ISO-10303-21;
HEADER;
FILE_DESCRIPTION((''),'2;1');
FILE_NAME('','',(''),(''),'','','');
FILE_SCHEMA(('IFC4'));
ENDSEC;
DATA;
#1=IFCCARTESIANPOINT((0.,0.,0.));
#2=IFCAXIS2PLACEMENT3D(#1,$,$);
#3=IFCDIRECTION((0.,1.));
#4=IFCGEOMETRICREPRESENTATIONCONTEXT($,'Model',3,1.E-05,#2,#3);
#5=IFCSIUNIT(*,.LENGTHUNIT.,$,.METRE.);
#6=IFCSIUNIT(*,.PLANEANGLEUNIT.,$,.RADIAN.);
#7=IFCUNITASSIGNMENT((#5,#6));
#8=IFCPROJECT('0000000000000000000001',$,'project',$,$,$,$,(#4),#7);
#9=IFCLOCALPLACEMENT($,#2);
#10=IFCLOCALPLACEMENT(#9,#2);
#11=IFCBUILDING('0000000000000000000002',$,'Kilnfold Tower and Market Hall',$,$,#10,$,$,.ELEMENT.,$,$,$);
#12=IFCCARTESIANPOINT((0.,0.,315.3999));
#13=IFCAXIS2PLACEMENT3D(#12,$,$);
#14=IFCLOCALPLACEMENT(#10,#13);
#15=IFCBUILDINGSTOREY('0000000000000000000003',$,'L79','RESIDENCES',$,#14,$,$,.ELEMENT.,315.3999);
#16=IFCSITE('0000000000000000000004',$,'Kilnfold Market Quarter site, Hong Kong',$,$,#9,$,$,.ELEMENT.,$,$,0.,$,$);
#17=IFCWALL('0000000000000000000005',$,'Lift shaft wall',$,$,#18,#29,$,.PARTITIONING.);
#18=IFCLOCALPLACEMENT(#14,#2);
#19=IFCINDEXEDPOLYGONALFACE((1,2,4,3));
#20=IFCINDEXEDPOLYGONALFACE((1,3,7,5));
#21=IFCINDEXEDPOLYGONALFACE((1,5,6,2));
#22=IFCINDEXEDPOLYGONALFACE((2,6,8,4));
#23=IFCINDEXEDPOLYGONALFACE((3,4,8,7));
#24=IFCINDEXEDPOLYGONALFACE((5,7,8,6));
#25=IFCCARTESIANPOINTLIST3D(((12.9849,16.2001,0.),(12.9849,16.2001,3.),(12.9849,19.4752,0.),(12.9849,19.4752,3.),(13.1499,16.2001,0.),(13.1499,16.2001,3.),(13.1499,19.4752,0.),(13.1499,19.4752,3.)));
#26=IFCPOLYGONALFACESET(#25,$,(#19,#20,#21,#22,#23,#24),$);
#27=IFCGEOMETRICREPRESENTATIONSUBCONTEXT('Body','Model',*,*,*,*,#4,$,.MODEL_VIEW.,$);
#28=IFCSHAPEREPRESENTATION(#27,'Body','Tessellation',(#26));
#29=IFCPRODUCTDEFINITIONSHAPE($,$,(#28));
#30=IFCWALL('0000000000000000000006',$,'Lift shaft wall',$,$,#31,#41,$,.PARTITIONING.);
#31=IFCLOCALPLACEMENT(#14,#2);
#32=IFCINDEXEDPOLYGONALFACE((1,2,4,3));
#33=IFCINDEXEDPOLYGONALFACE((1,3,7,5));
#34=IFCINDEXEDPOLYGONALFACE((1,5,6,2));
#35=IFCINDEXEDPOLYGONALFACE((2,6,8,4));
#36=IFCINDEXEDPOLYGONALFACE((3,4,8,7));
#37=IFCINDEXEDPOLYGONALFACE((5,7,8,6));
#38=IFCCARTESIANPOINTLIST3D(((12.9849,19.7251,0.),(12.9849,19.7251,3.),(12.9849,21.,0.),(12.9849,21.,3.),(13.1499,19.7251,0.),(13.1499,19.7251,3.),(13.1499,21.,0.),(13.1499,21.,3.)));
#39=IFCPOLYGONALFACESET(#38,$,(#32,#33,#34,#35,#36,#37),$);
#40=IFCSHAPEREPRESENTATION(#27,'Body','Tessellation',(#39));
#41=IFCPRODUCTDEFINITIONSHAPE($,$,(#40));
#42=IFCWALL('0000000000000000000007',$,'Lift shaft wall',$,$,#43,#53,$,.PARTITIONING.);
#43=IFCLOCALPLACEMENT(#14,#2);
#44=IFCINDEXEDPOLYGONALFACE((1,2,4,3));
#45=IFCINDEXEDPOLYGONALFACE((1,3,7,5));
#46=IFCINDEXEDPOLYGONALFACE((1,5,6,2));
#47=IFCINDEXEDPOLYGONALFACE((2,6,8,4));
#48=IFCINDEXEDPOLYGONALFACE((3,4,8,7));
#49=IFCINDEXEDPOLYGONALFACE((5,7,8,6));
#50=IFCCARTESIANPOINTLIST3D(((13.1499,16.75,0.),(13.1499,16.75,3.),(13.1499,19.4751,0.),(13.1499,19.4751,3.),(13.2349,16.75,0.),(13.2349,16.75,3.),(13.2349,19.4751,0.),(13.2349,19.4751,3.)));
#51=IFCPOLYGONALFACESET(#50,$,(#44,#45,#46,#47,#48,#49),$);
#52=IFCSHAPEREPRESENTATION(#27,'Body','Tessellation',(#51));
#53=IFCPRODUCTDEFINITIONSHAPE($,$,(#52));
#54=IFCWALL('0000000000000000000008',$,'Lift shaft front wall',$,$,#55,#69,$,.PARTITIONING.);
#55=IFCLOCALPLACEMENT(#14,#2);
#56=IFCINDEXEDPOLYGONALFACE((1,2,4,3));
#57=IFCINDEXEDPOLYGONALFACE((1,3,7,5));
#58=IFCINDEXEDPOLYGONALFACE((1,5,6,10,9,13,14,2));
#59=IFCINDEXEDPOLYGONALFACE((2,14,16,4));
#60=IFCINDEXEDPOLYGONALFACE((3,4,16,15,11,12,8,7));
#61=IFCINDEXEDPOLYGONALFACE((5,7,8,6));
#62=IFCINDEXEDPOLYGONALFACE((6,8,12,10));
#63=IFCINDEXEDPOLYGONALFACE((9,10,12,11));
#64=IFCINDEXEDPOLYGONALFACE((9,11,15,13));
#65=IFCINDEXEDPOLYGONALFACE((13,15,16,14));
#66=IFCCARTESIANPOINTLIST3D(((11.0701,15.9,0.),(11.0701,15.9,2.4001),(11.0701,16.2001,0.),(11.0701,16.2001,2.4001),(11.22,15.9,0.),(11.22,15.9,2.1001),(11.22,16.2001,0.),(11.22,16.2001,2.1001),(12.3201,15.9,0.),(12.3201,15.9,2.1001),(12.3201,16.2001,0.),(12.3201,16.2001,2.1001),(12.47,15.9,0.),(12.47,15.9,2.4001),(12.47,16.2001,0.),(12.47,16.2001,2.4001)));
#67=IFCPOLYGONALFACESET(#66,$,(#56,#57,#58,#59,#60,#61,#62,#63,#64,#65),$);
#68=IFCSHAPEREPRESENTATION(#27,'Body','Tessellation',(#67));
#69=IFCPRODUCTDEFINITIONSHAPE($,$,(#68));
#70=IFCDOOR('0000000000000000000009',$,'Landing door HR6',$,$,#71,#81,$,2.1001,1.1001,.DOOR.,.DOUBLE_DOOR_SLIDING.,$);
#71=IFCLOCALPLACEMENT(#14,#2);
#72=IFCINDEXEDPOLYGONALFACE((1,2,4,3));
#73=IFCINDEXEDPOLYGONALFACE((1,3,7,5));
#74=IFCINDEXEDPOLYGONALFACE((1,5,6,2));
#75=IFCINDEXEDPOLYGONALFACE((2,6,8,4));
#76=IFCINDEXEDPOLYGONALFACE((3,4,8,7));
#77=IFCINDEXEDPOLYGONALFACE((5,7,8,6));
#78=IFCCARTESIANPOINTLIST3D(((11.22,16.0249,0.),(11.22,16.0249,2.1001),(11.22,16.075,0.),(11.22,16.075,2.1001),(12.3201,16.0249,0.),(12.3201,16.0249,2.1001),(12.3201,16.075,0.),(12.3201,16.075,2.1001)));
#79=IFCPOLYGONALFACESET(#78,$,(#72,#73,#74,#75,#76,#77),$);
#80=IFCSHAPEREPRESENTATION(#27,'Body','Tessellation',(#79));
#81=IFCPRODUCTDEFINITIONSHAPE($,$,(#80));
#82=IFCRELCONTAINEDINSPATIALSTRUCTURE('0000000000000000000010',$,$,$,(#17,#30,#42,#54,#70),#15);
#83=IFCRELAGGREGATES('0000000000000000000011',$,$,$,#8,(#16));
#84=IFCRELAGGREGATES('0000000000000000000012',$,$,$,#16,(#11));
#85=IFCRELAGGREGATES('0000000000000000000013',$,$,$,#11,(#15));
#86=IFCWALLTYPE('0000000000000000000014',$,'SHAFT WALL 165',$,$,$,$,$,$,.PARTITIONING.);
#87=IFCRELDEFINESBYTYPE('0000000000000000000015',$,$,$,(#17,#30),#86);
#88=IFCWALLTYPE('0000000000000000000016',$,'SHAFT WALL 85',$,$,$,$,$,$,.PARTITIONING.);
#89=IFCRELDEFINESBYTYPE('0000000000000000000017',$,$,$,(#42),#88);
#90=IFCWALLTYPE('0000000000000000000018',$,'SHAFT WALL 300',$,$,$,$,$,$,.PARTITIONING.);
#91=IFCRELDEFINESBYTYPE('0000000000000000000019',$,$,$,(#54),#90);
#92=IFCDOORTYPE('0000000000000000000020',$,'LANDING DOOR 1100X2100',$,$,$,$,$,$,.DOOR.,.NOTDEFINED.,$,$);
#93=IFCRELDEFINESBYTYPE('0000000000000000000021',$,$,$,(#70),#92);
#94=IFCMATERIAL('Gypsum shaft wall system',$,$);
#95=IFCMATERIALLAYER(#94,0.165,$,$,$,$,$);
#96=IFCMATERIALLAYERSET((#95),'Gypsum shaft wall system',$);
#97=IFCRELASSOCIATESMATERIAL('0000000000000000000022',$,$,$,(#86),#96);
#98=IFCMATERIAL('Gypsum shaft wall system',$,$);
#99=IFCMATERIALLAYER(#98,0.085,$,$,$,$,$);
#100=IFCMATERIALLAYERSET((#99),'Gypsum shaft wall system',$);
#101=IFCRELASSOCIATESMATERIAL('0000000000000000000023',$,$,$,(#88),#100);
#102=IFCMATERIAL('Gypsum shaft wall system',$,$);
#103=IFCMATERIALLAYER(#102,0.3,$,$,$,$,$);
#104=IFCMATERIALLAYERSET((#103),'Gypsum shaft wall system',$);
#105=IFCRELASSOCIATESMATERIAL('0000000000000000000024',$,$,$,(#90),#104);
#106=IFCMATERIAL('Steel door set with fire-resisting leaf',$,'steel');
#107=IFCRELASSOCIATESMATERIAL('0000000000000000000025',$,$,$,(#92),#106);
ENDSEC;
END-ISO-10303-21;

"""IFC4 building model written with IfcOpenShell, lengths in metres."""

from ifc_helpers import new_model, si_unit, direction, frame, frame_2d, origin, place, context, subcontext, project, spatial, rectangle, extrude, source, transform, mapped, material, layer, layer_set, type_object, element, fill, save


model = new_model("IFC4")

# Units and contexts
model_context = context("Model", 3, precision=1e-05, world=origin(), true_north=direction((0.0, 1.0)))
body_context = subcontext(model_context, "Body", "Model", "MODEL_VIEW")
ifc_project = project(units=[si_unit("LENGTHUNIT", "METRE"), si_unit("PLANEANGLEUNIT", "RADIAN")], contexts=[model_context])

# Site, building, storey
site_placement = place(None, origin())
site = spatial("IfcSite", under=ifc_project, at=site_placement, Name="Kilnfold Market Quarter site, Hong Kong", CompositionType="ELEMENT", RefElevation=0.0)
building_placement = place(site_placement, origin())
building = spatial("IfcBuilding", under=site, at=building_placement, Name="Kilnfold Tower and Market Hall", CompositionType="ELEMENT")
storey_placement = place(building_placement, frame((0.0, 0.0, 315.3999)))
storey = spatial("IfcBuildingStorey", under=building, at=storey_placement, Name="L79", Description="RESIDENCES", CompositionType="ELEMENT", Elevation=315.3999)

# Walls
ifc_material_1 = material(Name="Gypsum shaft wall system")
ifc_layer_1 = layer(ifc_material_1, 0.165)
ifc_layer_set_1 = layer_set([ifc_layer_1], Name="Gypsum shaft wall system")
wall_type_1 = type_object("IfcWallType", Name="SHAFT WALL 165", PredefinedType="PARTITIONING", material=ifc_layer_set_1)
shared_shape_1 = source(origin(), body_context, "Body", "SweptSolid", [
    extrude(rectangle(XDim=3.2751, YDim=0.165, at=frame_2d((1.6377, 0.0))), origin(), (0.0, 0.0, 1.0), 3.0),
])
wall_1_placement = place(storey_placement, frame((13.0674, 16.2, 0.0), z_axis=(0.0, 0.0, 1.0), x_axis=(0.0, 1.0, 0.0)))
element("IfcWall", 1, at=wall_1_placement, inside=storey, type_object=wall_type_1, Name="Lift shaft wall", PredefinedType="PARTITIONING", context=body_context, shape_type="MappedRepresentation", body=[
    mapped(shared_shape_1, transform((0.0, 0.0, 0.0))),
])
shared_shape_2 = source(origin(), body_context, "Body", "SweptSolid", [
    extrude(rectangle(XDim=1.2749, YDim=0.165, at=frame_2d((0.6375, 0.0))), origin(), (0.0, 0.0, 1.0), 3.0),
])
wall_2_placement = place(storey_placement, frame((13.0674, 19.7251, 0.0), z_axis=(0.0, 0.0, 1.0), x_axis=(0.0, 1.0, 0.0)))
element("IfcWall", 2, at=wall_2_placement, inside=storey, type_object=wall_type_1, Name="Lift shaft wall", PredefinedType="PARTITIONING", context=body_context, shape_type="MappedRepresentation", body=[
    mapped(shared_shape_2, transform((0.0, 0.0, 0.0))),
])
ifc_material_2 = material(Name="Gypsum shaft wall system")
ifc_layer_2 = layer(ifc_material_2, 0.085)
ifc_layer_set_2 = layer_set([ifc_layer_2], Name="Gypsum shaft wall system")
wall_type_2 = type_object("IfcWallType", Name="SHAFT WALL 85", PredefinedType="PARTITIONING", material=ifc_layer_set_2)
shared_shape_3 = source(origin(), body_context, "Body", "SweptSolid", [
    extrude(rectangle(XDim=2.7251, YDim=0.085, at=frame_2d((1.3625, 0.0))), origin(), (0.0, 0.0, 1.0), 3.0),
])
wall_3_placement = place(storey_placement, frame((13.1924, 16.75, 0.0), z_axis=(0.0, 0.0, 1.0), x_axis=(0.0, 1.0, 0.0)))
element("IfcWall", 3, at=wall_3_placement, inside=storey, type_object=wall_type_2, Name="Lift shaft wall", PredefinedType="PARTITIONING", context=body_context, shape_type="MappedRepresentation", body=[
    mapped(shared_shape_3, transform((0.0, 0.0, 0.0))),
])

# Wall, opening, door
ifc_material_3 = material(Name="Gypsum shaft wall system")
ifc_layer_3 = layer(ifc_material_3, 0.3)
ifc_layer_set_3 = layer_set([ifc_layer_3], Name="Gypsum shaft wall system")
wall_type_3 = type_object("IfcWallType", Name="SHAFT WALL 300", PredefinedType="PARTITIONING", material=ifc_layer_set_3)
shared_shape_4 = source(origin(), body_context, "Body", "SweptSolid", [
    extrude(rectangle(XDim=1.3999, YDim=0.3, at=frame_2d((0.7, 0.0))), origin(), (0.0, 0.0, 1.0), 2.4001),
])
wall_4_placement = place(storey_placement, frame((11.0701, 16.05, 0.0), z_axis=(0.0, 0.0, 1.0), x_axis=(1.0, 0.0, 0.0)))
wall_4 = element("IfcWall", 4, at=wall_4_placement, inside=storey, type_object=wall_type_3, Name="Lift shaft front wall", PredefinedType="PARTITIONING", context=body_context, shape_type="MappedRepresentation", body=[
    mapped(shared_shape_4, transform((0.0, 0.0, 0.0))),
])
opening_1_placement = place(wall_4_placement, frame((0.1499, 0.0, 0.0)))
opening_1 = element("IfcOpeningElement", 5, at=opening_1_placement, cuts=wall_4, PredefinedType="OPENING", context=body_context, shape_type="SweptSolid", body=[
    extrude(rectangle(XDim=1.1001, YDim=2.1001, at=frame_2d((0.55, 1.05))), frame((0.0, 0.1602, 0.0), z_axis=(0.0, -1.0, 0.0), x_axis=(1.0, 0.0, 0.0)), (0.0, 0.0, 1.0), 0.3201),
])
ifc_material_4 = material(Name="Steel door set with fire-resisting leaf", Category="steel")
door_type_1 = type_object("IfcDoorType", Name="LANDING DOOR 1100X2100", OperationType="NOTDEFINED", PredefinedType="DOOR", material=ifc_material_4)
door_1_placement = place(opening_1_placement, origin())
door_1 = element("IfcDoor", 6, at=door_1_placement, inside=storey, type_object=door_type_1, Name="Landing door HR6", OperationType="DOUBLE_DOOR_SLIDING", OverallHeight=2.1001, OverallWidth=1.1001, PredefinedType="DOOR", context=body_context, shape_type="SweptSolid", body=[
    extrude(rectangle(XDim=1.1001, YDim=2.1001, at=frame_2d((0.55, 1.05))), frame((0.0, 0.0249, 0.0), z_axis=(0.0, -1.0, 0.0), x_axis=(1.0, 0.0, 0.0)), (0.0, 0.0, 1.0), 0.05),
])
fill(opening_1, door_1)

save(model, "model.ifc")
